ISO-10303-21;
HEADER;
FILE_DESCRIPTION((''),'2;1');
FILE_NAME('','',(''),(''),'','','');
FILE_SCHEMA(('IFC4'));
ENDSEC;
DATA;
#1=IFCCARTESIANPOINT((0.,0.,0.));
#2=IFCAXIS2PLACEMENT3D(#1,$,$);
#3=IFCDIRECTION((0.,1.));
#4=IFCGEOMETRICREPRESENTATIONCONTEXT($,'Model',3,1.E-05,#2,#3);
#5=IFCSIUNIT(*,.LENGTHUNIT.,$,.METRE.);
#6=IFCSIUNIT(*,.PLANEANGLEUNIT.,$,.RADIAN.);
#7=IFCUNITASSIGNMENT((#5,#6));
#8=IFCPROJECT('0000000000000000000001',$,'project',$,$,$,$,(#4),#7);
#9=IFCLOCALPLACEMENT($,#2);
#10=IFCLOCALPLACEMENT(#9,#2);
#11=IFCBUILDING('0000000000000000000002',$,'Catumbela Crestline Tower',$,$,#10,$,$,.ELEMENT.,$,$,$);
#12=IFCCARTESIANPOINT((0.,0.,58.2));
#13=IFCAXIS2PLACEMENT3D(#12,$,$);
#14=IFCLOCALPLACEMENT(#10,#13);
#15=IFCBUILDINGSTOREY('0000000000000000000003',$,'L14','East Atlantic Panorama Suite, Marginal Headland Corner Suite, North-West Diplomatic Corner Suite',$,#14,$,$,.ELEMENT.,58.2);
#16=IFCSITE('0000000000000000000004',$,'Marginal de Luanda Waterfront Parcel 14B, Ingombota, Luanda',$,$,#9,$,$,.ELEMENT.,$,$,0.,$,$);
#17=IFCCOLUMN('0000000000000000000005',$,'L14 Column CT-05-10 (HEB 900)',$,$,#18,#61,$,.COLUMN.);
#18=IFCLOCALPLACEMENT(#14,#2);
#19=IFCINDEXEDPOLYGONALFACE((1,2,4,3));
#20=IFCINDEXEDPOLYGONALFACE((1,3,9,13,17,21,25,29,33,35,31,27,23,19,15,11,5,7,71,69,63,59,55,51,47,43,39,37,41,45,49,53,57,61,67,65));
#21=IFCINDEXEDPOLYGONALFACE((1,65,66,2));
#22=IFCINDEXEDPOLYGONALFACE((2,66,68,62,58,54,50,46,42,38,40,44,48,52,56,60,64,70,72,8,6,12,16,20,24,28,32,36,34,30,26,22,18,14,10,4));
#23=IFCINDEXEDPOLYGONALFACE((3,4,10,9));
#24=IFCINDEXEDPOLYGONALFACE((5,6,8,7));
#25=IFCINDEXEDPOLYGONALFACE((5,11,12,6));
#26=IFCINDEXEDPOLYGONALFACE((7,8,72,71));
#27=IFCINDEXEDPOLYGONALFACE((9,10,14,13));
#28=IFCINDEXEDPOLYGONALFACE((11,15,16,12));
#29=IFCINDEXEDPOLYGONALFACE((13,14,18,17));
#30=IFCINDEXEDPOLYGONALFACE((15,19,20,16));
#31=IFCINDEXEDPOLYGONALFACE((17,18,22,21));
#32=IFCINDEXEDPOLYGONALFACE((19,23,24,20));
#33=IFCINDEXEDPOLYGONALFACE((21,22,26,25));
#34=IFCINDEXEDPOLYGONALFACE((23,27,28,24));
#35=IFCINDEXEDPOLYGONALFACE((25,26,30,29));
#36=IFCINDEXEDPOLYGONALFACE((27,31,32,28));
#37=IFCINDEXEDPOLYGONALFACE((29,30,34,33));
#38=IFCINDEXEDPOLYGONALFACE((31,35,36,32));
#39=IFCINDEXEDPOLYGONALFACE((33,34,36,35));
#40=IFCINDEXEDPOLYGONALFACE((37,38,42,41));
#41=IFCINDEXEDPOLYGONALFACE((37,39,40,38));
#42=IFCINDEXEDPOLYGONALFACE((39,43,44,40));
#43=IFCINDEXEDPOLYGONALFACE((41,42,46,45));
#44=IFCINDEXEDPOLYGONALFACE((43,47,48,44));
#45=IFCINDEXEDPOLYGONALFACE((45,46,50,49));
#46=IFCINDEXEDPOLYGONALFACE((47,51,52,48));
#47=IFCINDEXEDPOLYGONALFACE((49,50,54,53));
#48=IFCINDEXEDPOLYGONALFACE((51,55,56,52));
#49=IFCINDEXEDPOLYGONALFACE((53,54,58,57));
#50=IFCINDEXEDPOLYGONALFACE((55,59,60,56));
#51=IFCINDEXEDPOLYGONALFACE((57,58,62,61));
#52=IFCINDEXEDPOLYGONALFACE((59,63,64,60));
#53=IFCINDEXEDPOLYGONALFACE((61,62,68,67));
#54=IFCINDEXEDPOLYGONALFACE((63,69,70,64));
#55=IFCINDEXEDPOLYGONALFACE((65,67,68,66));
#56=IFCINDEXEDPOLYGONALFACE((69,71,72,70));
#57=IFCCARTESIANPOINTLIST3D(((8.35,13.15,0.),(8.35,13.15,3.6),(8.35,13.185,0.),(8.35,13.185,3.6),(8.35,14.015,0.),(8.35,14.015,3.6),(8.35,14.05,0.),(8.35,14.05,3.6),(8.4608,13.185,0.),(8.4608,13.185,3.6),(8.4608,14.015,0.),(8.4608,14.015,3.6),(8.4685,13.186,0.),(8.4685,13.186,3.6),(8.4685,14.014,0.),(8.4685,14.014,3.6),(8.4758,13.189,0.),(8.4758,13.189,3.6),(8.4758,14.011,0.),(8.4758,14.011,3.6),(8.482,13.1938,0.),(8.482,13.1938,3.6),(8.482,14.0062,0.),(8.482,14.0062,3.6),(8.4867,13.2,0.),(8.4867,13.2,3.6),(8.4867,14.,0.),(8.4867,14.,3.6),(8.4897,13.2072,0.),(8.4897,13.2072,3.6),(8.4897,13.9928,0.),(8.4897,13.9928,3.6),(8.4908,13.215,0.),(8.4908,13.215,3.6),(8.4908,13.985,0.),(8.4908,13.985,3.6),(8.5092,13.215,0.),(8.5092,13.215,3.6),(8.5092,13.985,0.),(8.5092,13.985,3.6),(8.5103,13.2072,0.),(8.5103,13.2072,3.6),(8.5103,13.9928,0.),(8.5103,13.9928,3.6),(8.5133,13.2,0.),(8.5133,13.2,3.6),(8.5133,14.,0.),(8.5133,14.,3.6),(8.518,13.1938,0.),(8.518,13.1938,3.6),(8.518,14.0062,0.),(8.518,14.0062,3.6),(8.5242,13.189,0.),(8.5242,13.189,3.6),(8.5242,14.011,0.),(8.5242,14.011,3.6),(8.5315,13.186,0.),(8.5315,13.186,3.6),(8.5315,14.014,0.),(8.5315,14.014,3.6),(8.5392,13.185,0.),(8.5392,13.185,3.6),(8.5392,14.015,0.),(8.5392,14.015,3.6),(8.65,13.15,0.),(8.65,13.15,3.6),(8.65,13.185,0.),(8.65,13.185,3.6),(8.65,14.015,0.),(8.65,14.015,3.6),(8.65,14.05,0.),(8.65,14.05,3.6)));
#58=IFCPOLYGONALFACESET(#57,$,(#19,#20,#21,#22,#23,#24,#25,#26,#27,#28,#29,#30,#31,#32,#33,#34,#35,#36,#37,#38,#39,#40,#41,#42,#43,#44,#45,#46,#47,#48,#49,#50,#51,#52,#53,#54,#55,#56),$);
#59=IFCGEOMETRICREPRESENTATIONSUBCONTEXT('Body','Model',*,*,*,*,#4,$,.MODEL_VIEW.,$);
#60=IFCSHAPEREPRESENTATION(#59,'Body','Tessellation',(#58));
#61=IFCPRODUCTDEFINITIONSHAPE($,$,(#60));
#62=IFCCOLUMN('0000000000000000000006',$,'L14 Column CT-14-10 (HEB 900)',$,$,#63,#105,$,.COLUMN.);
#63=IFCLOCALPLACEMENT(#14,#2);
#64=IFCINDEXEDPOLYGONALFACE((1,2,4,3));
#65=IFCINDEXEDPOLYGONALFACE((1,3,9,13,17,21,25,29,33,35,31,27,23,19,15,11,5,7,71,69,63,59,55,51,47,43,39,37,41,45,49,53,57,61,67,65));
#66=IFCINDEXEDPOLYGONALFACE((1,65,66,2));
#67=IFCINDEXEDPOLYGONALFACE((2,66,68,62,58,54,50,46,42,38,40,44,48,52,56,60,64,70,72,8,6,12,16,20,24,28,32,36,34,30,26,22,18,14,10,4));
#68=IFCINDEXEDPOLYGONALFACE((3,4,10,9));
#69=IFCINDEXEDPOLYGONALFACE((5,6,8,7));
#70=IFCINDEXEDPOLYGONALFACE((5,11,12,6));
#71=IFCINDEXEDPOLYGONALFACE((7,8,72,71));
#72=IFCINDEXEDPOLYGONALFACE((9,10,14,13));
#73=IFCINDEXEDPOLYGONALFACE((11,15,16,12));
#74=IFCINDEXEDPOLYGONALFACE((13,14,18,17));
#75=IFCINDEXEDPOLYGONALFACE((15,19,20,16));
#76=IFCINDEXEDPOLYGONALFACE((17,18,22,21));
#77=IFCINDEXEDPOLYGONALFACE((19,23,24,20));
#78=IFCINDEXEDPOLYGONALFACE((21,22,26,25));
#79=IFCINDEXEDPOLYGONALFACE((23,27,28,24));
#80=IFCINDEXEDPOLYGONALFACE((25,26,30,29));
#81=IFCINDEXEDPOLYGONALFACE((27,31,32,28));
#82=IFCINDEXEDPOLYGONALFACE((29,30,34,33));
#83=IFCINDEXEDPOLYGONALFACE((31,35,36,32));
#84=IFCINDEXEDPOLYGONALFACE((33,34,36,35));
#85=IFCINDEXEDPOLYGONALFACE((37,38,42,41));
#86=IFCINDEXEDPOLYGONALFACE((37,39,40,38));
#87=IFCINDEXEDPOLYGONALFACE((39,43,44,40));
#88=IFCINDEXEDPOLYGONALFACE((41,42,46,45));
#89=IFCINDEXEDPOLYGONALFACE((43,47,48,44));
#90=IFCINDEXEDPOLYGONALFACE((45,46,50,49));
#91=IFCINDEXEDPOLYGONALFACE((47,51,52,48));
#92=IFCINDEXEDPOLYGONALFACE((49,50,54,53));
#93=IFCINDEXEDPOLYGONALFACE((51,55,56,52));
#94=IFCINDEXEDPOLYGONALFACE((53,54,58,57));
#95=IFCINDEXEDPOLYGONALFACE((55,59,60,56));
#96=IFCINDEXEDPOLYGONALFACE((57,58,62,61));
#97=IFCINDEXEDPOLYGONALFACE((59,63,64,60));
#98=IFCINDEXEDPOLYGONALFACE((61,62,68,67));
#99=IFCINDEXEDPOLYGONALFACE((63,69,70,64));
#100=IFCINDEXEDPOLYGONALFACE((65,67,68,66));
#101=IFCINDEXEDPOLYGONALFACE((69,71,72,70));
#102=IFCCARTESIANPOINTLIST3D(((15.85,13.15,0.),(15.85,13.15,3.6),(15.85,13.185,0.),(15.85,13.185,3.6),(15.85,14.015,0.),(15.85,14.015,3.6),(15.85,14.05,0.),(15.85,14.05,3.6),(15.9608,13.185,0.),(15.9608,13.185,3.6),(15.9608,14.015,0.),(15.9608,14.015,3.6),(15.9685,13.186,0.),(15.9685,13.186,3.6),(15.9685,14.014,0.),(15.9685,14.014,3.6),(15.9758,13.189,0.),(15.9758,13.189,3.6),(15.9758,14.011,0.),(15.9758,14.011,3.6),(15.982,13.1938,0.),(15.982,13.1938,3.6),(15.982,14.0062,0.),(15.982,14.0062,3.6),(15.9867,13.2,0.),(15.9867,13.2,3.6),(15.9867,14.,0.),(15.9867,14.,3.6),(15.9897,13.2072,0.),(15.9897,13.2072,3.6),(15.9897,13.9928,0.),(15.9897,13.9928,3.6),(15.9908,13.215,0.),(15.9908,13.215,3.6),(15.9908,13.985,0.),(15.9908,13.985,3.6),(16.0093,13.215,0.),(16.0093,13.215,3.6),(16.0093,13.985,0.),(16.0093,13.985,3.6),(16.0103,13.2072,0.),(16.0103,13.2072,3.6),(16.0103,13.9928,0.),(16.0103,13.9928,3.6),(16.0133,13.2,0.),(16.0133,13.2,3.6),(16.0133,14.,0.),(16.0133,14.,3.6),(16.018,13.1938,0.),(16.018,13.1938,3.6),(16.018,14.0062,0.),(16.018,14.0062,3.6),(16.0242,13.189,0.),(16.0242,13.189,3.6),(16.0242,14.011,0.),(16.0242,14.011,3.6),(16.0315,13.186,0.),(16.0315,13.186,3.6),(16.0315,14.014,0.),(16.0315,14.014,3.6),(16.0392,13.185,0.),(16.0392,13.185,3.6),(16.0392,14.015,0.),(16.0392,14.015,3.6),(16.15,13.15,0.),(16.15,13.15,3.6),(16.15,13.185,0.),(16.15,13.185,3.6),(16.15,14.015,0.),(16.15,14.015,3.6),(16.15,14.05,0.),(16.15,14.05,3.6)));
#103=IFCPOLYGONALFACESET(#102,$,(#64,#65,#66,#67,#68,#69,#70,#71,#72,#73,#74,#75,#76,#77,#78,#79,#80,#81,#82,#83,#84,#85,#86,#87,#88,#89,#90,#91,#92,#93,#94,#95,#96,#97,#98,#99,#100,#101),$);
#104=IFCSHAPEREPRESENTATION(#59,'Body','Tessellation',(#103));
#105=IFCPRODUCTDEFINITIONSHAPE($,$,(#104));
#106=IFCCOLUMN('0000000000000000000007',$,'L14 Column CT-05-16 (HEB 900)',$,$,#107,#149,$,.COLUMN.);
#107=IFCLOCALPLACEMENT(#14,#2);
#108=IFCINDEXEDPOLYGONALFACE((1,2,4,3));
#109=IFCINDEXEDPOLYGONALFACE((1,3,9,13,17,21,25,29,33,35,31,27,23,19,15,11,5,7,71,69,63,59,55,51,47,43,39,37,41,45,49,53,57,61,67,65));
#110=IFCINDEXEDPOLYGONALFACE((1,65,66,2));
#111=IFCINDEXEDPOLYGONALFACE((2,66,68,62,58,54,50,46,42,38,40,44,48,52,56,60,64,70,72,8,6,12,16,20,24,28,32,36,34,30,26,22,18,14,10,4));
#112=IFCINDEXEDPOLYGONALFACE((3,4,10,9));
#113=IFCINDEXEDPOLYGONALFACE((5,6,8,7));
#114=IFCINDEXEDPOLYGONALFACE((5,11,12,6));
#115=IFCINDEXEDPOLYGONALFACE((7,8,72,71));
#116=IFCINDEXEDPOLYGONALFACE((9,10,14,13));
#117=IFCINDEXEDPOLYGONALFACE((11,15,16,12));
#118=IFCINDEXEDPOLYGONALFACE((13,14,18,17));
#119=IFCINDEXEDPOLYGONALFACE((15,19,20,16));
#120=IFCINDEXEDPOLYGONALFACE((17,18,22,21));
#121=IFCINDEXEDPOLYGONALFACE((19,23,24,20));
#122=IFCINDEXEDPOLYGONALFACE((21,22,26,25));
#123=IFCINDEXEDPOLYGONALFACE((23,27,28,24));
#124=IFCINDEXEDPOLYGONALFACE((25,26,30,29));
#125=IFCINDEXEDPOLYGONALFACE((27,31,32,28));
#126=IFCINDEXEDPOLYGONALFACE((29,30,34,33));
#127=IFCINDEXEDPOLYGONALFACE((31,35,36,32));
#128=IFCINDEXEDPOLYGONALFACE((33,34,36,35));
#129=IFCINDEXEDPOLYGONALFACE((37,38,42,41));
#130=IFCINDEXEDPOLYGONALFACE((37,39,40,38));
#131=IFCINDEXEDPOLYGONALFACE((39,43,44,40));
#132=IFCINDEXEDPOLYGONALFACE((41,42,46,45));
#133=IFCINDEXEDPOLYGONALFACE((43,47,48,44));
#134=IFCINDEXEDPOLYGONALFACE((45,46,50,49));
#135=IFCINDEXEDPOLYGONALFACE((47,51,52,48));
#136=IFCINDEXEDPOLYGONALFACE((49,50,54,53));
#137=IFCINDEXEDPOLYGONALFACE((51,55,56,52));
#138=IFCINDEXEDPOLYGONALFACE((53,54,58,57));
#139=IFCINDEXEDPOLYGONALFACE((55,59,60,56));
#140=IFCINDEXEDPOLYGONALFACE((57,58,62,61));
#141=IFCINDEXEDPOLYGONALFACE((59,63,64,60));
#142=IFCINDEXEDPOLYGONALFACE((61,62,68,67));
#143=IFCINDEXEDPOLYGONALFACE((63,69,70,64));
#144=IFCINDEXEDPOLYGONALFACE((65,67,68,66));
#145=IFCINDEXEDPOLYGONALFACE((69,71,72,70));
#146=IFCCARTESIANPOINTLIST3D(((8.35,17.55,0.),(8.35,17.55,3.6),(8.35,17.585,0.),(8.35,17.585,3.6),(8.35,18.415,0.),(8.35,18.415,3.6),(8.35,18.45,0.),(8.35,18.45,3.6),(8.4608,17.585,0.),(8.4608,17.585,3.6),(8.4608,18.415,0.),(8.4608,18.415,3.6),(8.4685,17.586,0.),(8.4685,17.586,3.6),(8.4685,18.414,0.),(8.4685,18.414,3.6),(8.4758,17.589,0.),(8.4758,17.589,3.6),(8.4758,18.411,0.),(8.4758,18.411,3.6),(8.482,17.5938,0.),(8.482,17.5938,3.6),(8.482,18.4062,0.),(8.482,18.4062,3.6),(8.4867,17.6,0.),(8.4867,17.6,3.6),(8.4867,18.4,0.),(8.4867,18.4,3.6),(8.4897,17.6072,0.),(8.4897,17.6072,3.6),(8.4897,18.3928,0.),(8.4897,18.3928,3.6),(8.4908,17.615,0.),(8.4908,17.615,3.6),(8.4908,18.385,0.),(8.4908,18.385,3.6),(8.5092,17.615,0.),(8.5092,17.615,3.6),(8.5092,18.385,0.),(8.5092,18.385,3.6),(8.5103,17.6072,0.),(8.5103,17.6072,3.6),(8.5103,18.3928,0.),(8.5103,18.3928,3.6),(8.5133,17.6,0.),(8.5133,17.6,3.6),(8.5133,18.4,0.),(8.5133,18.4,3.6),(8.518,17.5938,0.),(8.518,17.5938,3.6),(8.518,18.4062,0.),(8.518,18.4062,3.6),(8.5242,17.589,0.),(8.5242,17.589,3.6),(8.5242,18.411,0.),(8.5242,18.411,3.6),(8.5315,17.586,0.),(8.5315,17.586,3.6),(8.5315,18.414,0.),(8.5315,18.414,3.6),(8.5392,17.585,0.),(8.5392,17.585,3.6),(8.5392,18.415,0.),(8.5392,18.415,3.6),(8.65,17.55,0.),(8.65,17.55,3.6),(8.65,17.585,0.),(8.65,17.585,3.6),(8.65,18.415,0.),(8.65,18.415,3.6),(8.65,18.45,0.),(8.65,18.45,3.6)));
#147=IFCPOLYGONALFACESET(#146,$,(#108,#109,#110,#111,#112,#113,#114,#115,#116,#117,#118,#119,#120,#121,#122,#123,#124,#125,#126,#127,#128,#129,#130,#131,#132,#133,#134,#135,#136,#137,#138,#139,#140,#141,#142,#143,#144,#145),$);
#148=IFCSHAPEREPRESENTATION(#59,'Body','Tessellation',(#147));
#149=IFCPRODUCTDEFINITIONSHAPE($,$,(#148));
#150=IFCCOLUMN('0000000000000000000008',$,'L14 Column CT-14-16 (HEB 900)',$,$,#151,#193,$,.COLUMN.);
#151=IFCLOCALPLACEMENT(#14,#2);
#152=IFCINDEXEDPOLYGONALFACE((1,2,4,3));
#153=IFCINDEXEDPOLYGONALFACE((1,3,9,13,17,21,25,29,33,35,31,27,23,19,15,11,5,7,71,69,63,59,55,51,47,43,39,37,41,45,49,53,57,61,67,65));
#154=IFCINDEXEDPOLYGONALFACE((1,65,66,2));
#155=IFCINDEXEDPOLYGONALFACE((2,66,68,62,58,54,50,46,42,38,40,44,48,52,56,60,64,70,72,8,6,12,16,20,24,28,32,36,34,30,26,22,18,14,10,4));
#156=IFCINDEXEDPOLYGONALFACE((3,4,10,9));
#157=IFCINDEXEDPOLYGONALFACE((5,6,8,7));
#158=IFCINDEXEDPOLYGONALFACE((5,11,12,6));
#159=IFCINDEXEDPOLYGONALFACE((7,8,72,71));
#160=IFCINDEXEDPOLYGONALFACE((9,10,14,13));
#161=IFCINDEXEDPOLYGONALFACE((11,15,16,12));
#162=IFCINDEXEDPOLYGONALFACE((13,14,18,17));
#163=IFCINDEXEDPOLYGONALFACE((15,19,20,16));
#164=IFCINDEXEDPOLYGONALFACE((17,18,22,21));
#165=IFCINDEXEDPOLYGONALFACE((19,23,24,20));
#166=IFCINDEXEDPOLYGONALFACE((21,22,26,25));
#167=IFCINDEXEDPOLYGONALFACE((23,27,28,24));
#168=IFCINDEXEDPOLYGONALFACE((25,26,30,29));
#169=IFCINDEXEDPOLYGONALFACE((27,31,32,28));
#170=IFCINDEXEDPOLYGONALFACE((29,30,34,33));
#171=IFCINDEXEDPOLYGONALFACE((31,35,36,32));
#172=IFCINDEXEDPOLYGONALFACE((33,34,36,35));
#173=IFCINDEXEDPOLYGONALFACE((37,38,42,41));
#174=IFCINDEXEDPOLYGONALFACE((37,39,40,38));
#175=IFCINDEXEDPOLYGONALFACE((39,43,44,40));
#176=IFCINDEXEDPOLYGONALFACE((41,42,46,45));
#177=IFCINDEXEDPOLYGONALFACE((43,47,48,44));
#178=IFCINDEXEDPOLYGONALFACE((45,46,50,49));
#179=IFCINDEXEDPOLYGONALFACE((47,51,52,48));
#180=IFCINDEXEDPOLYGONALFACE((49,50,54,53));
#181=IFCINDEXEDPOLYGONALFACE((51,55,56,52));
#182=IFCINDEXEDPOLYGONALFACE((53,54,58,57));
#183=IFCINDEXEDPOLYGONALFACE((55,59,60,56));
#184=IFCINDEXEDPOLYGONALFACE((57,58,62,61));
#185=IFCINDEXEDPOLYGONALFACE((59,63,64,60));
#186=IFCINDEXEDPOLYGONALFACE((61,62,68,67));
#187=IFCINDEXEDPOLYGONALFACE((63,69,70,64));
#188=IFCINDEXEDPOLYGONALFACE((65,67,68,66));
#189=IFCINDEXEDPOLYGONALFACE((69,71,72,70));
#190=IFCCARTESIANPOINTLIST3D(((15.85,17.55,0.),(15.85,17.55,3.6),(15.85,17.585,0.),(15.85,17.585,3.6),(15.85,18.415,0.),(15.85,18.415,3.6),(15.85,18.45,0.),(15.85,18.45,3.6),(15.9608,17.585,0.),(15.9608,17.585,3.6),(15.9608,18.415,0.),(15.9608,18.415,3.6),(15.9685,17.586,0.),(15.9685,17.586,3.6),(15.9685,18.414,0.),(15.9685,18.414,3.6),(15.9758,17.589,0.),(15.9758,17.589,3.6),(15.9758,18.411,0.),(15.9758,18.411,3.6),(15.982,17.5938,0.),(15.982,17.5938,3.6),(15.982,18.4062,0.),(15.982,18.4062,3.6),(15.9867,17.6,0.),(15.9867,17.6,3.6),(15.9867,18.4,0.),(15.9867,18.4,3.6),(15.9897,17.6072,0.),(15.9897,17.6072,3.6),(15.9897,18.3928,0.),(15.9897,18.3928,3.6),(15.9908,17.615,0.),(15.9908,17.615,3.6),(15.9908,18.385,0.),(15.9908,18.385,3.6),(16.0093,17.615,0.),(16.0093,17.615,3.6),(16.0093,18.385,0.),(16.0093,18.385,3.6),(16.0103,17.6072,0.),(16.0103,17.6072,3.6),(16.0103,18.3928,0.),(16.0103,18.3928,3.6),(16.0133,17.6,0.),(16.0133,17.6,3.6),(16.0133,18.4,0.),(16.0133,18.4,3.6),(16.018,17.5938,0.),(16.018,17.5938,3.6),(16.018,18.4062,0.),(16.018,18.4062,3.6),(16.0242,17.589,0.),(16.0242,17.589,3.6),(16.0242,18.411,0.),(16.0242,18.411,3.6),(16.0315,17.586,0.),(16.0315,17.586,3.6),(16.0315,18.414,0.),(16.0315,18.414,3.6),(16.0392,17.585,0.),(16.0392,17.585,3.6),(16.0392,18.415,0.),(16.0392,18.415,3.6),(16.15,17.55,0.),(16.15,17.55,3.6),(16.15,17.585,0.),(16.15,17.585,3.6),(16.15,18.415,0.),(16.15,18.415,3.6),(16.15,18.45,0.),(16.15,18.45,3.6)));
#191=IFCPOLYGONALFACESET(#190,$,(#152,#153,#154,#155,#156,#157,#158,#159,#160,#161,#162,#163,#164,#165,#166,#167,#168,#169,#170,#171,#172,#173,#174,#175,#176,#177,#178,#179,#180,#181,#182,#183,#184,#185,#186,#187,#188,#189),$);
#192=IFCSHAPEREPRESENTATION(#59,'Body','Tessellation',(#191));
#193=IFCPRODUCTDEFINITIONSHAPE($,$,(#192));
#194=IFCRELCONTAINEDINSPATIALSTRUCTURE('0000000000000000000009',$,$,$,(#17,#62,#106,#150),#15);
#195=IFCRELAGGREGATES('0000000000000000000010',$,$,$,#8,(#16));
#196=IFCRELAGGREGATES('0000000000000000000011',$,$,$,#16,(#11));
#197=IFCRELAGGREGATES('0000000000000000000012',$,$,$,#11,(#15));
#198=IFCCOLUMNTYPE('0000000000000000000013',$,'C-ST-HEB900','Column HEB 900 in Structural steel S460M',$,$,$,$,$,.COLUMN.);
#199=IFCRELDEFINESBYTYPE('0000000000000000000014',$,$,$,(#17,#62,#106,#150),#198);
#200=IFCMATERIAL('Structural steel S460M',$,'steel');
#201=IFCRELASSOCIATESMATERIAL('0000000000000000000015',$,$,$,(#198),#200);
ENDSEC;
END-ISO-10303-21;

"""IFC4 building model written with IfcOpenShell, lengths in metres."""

from ifc_helpers import new_model, si_unit, direction, frame, origin, origin_2d, place, context, subcontext, project, spatial, i_section, extrude, material, material_profile, profile_set, type_object, element, save


model = new_model("IFC4")

# Units and contexts
model_context = context("Model", 3, precision=1e-05, world=origin(), true_north=direction((0.0, 1.0)))
body_context = subcontext(model_context, "Body", "Model", "MODEL_VIEW")
ifc_project = project(units=[si_unit("LENGTHUNIT", "METRE"), si_unit("PLANEANGLEUNIT", "RADIAN")], contexts=[model_context])

# Site, building, storey
site_placement = place(None, origin())
site = spatial("IfcSite", under=ifc_project, at=site_placement, Name="Marginal de Luanda Waterfront Parcel 14B, Ingombota, Luanda", CompositionType="ELEMENT", RefElevation=0.0)
building_placement = place(site_placement, origin())
building = spatial("IfcBuilding", under=site, at=building_placement, Name="Catumbela Crestline Tower", CompositionType="ELEMENT")
storey_placement = place(building_placement, frame((0.0, 0.0, 58.2)))
storey = spatial("IfcBuildingStorey", under=building, at=storey_placement, Name="L14", Description="East Atlantic Panorama Suite, Marginal Headland Corner Suite, North-West Diplomatic Corner Suite", CompositionType="ELEMENT", Elevation=58.2)

# Columns
ifc_material_1 = material(Name="Structural steel S460M", Category="steel")
ifc_material_profile_1 = material_profile(ifc_material_1, i_section(OverallWidth=0.3, OverallDepth=0.9, WebThickness=0.0185, FlangeThickness=0.035, FilletRadius=0.03, at=origin_2d()), Name="HEB 900")
ifc_profile_set_1 = profile_set([ifc_material_profile_1], Name="Structural steel S460M")
column_type = type_object("IfcColumnType", Name="C-ST-HEB900", Description="Column HEB 900 in Structural steel S460M", PredefinedType="COLUMN", material=ifc_profile_set_1)
for number, where, z_axis, x_axis, name in (
    (1, (8.5, 13.6, 0.0), (0.0, 0.0, 1.0), (1.0, 0.0, 0.0), "L14 Column CT-05-10 (HEB 900)"),
    (2, (16.0, 13.6, 0.0), (0.0, 0.0, 1.0), (1.0, 0.0, 0.0), "L14 Column CT-14-10 (HEB 900)"),
    (3, (8.5, 18.0, 0.0), (0.0, 0.0, 1.0), (1.0, 0.0, 0.0), "L14 Column CT-05-16 (HEB 900)"),
    (4, (16.0, 18.0, 0.0), (0.0, 0.0, 1.0), (1.0, 0.0, 0.0), "L14 Column CT-14-16 (HEB 900)"),
):
    element("IfcColumn", number, at=place(storey_placement, frame(where, z_axis=z_axis, x_axis=x_axis)), inside=storey, type_object=column_type, Name=name, PredefinedType="COLUMN", context=body_context, shape_type="SweptSolid", body=[
        extrude(i_section(OverallWidth=0.3, OverallDepth=0.9, WebThickness=0.0185, FlangeThickness=0.035, FilletRadius=0.03, at=origin_2d()), origin(), (0.0, 0.0, 1.0), 3.6),
    ])

save(model, "model.ifc")
